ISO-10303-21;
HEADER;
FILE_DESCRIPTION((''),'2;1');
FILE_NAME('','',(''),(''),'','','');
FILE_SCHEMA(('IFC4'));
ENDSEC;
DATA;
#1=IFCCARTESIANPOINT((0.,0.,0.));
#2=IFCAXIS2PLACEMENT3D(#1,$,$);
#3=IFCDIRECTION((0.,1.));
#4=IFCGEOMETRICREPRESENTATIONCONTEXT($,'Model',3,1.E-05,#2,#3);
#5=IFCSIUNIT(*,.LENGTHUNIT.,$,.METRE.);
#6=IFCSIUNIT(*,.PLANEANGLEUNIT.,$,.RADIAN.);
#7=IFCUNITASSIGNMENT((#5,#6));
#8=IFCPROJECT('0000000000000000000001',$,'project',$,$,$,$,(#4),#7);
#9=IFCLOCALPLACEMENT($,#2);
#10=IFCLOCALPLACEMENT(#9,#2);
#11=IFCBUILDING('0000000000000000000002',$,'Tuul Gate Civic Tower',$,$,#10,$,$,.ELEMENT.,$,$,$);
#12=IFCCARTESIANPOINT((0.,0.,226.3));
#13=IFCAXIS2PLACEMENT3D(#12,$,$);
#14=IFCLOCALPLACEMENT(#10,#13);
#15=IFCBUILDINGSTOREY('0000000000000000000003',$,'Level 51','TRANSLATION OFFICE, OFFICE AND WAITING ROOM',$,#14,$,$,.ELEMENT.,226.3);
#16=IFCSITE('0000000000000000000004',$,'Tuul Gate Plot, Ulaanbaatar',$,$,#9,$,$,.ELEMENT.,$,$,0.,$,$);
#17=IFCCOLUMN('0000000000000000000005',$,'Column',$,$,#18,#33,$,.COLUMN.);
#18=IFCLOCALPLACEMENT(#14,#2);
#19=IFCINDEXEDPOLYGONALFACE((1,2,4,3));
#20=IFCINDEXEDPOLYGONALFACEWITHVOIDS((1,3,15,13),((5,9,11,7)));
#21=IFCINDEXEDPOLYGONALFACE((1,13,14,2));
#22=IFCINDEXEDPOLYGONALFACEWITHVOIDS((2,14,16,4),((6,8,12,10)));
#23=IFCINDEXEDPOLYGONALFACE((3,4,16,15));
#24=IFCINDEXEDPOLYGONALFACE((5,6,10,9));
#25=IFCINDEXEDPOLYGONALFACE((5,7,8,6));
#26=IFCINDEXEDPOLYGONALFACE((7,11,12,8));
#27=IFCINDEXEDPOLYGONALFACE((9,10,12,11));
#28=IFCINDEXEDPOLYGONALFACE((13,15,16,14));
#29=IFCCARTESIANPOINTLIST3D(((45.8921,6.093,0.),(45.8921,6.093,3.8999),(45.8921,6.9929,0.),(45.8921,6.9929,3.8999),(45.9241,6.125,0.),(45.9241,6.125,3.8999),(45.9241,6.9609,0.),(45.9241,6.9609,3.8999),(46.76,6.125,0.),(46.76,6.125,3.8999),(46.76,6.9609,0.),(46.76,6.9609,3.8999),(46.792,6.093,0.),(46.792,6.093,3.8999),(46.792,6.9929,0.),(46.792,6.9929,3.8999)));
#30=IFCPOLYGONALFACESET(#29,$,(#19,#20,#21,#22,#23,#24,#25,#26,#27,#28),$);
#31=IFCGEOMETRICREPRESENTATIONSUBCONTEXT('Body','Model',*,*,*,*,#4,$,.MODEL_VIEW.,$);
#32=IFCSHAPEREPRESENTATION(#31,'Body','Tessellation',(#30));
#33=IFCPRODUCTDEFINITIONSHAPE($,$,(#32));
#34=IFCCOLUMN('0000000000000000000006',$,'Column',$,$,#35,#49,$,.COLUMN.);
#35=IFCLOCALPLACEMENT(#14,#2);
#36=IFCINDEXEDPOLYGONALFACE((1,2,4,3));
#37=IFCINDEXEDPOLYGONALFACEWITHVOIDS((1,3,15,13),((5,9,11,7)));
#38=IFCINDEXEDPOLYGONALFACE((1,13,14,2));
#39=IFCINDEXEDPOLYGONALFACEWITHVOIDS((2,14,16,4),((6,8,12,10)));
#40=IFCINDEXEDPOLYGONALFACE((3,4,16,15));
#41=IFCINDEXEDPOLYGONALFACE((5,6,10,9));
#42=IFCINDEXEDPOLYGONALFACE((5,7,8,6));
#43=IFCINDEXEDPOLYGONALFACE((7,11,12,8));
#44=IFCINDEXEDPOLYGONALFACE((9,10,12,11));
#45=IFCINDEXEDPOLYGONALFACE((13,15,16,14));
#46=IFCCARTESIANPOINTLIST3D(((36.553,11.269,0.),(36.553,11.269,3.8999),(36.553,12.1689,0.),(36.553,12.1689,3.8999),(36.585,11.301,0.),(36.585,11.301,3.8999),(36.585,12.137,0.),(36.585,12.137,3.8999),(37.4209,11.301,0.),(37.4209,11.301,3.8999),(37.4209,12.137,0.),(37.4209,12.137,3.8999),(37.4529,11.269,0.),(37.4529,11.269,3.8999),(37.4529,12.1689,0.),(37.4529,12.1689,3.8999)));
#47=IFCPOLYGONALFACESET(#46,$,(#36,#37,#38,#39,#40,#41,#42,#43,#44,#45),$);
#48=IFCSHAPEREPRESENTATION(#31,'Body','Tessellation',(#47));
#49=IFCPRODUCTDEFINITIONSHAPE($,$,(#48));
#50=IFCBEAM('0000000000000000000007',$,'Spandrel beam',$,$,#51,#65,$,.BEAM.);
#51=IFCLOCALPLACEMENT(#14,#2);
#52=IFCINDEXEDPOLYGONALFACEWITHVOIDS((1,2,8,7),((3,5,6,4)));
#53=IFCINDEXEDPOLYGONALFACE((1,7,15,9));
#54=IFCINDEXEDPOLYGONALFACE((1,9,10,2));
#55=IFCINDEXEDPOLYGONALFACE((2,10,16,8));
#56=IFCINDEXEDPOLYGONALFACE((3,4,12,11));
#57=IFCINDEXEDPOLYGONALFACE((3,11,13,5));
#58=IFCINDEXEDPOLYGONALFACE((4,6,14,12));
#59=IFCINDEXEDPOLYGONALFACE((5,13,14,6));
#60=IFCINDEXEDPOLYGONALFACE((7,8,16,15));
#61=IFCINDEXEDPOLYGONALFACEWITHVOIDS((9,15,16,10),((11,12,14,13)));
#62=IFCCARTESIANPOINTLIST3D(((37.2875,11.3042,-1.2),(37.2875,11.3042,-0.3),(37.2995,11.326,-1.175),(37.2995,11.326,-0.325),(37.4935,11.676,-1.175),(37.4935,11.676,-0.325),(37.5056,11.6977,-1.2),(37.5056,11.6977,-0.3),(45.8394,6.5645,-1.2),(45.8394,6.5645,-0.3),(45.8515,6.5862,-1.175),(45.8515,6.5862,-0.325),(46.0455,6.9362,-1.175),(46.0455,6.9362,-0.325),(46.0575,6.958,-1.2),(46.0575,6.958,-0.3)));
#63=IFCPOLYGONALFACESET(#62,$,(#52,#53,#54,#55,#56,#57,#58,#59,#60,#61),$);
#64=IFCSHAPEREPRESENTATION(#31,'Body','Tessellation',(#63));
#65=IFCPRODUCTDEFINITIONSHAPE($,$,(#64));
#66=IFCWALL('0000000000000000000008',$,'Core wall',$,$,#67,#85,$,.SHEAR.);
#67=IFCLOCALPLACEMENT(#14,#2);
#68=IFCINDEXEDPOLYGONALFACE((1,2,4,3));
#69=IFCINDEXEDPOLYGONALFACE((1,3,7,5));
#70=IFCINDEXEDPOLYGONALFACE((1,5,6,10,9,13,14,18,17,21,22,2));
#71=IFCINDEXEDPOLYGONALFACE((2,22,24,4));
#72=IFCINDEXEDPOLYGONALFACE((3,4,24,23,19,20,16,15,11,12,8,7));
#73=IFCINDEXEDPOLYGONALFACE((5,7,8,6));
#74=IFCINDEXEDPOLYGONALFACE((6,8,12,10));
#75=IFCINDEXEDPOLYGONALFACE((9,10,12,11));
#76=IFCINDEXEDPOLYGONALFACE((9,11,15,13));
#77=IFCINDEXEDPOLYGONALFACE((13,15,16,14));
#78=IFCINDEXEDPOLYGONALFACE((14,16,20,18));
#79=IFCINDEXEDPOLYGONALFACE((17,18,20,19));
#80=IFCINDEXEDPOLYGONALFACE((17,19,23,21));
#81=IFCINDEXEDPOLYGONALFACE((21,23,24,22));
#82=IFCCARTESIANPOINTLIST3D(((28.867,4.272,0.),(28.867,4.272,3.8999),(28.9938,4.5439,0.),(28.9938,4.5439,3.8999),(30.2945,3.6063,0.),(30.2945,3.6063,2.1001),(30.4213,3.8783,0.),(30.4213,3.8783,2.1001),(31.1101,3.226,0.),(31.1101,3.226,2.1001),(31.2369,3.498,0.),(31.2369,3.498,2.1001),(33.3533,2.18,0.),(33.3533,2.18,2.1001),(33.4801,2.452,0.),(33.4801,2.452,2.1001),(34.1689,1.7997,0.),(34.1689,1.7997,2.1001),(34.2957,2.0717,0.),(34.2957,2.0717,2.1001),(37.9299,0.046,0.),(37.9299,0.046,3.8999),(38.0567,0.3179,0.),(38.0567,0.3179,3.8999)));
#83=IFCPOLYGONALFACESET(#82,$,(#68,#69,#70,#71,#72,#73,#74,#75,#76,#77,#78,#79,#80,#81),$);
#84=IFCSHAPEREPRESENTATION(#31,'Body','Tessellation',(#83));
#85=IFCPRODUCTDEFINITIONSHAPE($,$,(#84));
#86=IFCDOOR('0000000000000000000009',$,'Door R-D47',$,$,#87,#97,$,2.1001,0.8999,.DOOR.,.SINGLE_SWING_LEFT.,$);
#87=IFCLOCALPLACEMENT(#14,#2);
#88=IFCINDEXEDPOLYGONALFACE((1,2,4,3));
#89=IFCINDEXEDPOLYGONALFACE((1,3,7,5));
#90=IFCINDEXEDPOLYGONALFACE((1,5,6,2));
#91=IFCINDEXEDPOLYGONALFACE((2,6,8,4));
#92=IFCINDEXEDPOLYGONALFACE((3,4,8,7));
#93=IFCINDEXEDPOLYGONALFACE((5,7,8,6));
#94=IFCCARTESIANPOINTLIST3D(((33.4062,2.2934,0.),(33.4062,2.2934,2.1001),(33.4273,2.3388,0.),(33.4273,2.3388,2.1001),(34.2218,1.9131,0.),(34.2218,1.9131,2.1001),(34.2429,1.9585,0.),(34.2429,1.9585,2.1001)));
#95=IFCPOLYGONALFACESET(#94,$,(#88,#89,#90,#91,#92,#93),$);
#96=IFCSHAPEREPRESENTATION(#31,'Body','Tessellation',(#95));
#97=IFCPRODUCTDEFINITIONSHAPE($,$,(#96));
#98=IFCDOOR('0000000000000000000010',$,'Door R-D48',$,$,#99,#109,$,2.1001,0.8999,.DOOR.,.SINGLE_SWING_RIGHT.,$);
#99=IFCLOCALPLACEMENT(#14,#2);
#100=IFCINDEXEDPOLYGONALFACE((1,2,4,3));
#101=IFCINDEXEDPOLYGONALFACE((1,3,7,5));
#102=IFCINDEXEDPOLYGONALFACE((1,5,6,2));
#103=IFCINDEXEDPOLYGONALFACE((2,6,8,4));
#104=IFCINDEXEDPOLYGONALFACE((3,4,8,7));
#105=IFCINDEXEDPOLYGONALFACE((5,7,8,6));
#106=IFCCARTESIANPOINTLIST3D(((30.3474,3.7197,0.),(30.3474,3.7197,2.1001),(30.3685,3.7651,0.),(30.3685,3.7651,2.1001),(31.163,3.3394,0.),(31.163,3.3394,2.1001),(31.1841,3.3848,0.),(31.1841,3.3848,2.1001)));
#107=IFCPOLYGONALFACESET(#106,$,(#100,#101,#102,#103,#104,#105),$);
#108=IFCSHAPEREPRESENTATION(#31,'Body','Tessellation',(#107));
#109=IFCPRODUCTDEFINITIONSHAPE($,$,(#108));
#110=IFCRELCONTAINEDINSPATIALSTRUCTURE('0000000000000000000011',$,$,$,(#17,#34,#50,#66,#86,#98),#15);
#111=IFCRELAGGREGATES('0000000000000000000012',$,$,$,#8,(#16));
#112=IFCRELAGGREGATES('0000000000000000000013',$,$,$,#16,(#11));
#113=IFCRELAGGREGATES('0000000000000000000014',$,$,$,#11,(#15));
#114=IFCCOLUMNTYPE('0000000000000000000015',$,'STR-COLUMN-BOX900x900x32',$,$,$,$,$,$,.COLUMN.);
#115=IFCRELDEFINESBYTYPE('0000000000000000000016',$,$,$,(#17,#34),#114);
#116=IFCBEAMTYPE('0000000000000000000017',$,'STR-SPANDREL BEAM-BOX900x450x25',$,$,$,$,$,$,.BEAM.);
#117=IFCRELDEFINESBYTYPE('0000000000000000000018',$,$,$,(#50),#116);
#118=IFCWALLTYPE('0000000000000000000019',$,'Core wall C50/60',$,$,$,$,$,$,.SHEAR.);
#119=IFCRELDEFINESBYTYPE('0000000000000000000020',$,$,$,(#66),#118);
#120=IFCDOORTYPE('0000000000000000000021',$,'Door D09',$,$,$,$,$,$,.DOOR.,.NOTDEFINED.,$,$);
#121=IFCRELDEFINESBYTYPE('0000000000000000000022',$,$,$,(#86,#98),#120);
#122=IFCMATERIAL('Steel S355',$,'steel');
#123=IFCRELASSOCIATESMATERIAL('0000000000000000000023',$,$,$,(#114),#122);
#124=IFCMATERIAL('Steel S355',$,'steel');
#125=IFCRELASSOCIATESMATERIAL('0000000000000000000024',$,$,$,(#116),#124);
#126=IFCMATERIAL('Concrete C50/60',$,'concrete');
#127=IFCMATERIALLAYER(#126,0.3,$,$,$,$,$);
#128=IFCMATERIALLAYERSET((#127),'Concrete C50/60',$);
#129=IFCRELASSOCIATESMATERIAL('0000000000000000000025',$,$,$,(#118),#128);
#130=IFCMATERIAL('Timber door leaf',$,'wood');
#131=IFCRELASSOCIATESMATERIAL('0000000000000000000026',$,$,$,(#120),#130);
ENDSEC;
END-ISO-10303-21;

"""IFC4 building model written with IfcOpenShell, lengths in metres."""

from ifc_helpers import new_model, si_unit, direction, frame, frame_2d, origin, origin_2d, place, context, subcontext, project, spatial, rectangle, hollow_rectangle, extrude, material, layer, layer_set, material_profile, profile_set, type_object, element, fill, save


model = new_model("IFC4")

# Units and contexts
model_context = context("Model", 3, precision=1e-05, world=origin(), true_north=direction((0.0, 1.0)))
body_context = subcontext(model_context, "Body", "Model", "MODEL_VIEW")
ifc_project = project(units=[si_unit("LENGTHUNIT", "METRE"), si_unit("PLANEANGLEUNIT", "RADIAN")], contexts=[model_context])

# Site, building, storey
site_placement = place(None, origin())
site = spatial("IfcSite", under=ifc_project, at=site_placement, Name="Tuul Gate Plot, Ulaanbaatar", CompositionType="ELEMENT", RefElevation=0.0)
building_placement = place(site_placement, origin())
building = spatial("IfcBuilding", under=site, at=building_placement, Name="Tuul Gate Civic Tower", CompositionType="ELEMENT")
storey_placement = place(building_placement, frame((0.0, 0.0, 226.3)))
storey = spatial("IfcBuildingStorey", under=building, at=storey_placement, Name="Level 51", Description="TRANSLATION OFFICE, OFFICE AND WAITING ROOM", CompositionType="ELEMENT", Elevation=226.3)

# Columns
ifc_material_1 = material(Name="Steel S355", Category="steel")
ifc_material_profile_1 = material_profile(ifc_material_1, hollow_rectangle(XDim=0.8999, YDim=0.8999, WallThickness=0.032, at=origin_2d()), Name="BOX900x900x32")
ifc_profile_set_1 = profile_set([ifc_material_profile_1], Name="Steel S355")
column_type = type_object("IfcColumnType", Name="STR-COLUMN-BOX900x900x32", PredefinedType="COLUMN", material=ifc_profile_set_1)
for number, where, z_axis, x_axis, name in (
    (1, (46.342, 6.543, 0.0), (0.0, 0.0, 1.0), (1.0, 0.0, 0.0), "Column"),
    (2, (37.0029, 11.719, 0.0), (0.0, 0.0, 1.0), (1.0, 0.0, 0.0), "Column"),
):
    element("IfcColumn", number, at=place(storey_placement, frame(where, z_axis=z_axis, x_axis=x_axis)), inside=storey, type_object=column_type, Name=name, PredefinedType="COLUMN", context=body_context, shape_type="SweptSolid", body=[
        extrude(hollow_rectangle(XDim=0.8999, YDim=0.8999, WallThickness=0.032, at=origin_2d()), origin(), (0.0, 0.0, 1.0), 3.8999),
    ])

# Beam
ifc_material_2 = material(Name="Steel S355", Category="steel")
ifc_material_profile_2 = material_profile(ifc_material_2, hollow_rectangle(XDim=0.45, YDim=0.8999, WallThickness=0.0249, at=origin_2d()), Name="BOX900x450x25")
ifc_profile_set_2 = profile_set([ifc_material_profile_2], Name="Steel S355")
beam_type = type_object("IfcBeamType", Name="STR-SPANDREL BEAM-BOX900x450x25", PredefinedType="BEAM", material=ifc_profile_set_2)
beam_placement = place(storey_placement, frame((45.9485, 6.7612, -0.75), z_axis=(-0.87465, 0.484754, 0.0), x_axis=(-0.484754, -0.87465, 0.0)))
element("IfcBeam", 3, at=beam_placement, inside=storey, type_object=beam_type, Name="Spandrel beam", PredefinedType="BEAM", context=body_context, shape_type="SweptSolid", body=[
    extrude(hollow_rectangle(XDim=0.45, YDim=0.8999, WallThickness=0.0249, at=origin_2d()), origin(), (0.0, 0.0, 1.0), 9.7776),
])

# Wall, openings, doors
ifc_material_3 = material(Name="Concrete C50/60", Category="concrete")
ifc_layer_1 = layer(ifc_material_3, 0.3)
ifc_layer_set_1 = layer_set([ifc_layer_1], Name="Concrete C50/60")
wall_type_1 = type_object("IfcWallType", Name="Core wall C50/60", PredefinedType="SHEAR", material=ifc_layer_set_1)
wall_1_placement = place(storey_placement, frame((37.9934, 0.1819, 0.0), z_axis=(0.0, 0.0, 1.0), x_axis=(-0.90631, 0.422613, 0.0)))
wall_1 = element("IfcWall", 4, at=wall_1_placement, inside=storey, type_object=wall_type_1, Name="Core wall", PredefinedType="SHEAR", context=body_context, shape_type="SweptSolid", body=[
    extrude(rectangle(XDim=9.9998, YDim=0.3, at=frame_2d((5.0, 0.0))), origin(), (0.0, 0.0, 1.0), 3.8999),
])
opening_1_placement = place(wall_1_placement, frame((4.1499, 0.0, 0.0)))
opening_1 = element("IfcOpeningElement", 5, at=opening_1_placement, cuts=wall_1, PredefinedType="OPENING", context=body_context, shape_type="SweptSolid", body=[
    extrude(rectangle(XDim=0.8999, YDim=2.1001, at=frame_2d((0.45, 1.05))), frame((0.0, 0.1602, 0.0), z_axis=(0.0, -1.0, 0.0), x_axis=(1.0, 0.0, 0.0)), (0.0, 0.0, 1.0), 0.3201),
])
opening_2_placement = place(wall_1_placement, frame((7.5249, 0.0, 0.0)))
opening_2 = element("IfcOpeningElement", 6, at=opening_2_placement, cuts=wall_1, PredefinedType="OPENING", context=body_context, shape_type="SweptSolid", body=[
    extrude(rectangle(XDim=0.8999, YDim=2.1001, at=frame_2d((0.45, 1.05))), frame((0.0, 0.1602, 0.0), z_axis=(0.0, -1.0, 0.0), x_axis=(1.0, 0.0, 0.0)), (0.0, 0.0, 1.0), 0.3201),
])
ifc_material_4 = material(Name="Timber door leaf", Category="wood")
door_type = type_object("IfcDoorType", Name="Door D09", OperationType="NOTDEFINED", PredefinedType="DOOR", material=ifc_material_4)
door_1_placement = place(opening_1_placement, origin())
door_1 = element("IfcDoor", 7, at=door_1_placement, inside=storey, type_object=door_type, Name="Door R-D47", OperationType="SINGLE_SWING_LEFT", OverallHeight=2.1001, OverallWidth=0.8999, PredefinedType="DOOR", context=body_context, shape_type="SweptSolid", body=[
    extrude(rectangle(XDim=0.8999, YDim=2.1001, at=frame_2d((0.45, 1.05))), frame((0.0, 0.0249, 0.0), z_axis=(0.0, -1.0, 0.0), x_axis=(1.0, 0.0, 0.0)), (0.0, 0.0, 1.0), 0.05),
])
fill(opening_1, door_1)
door_2_placement = place(opening_2_placement, origin())
door_2 = element("IfcDoor", 8, at=door_2_placement, inside=storey, type_object=door_type, Name="Door R-D48", OperationType="SINGLE_SWING_RIGHT", OverallHeight=2.1001, OverallWidth=0.8999, PredefinedType="DOOR", context=body_context, shape_type="SweptSolid", body=[
    extrude(rectangle(XDim=0.8999, YDim=2.1001, at=frame_2d((0.45, 1.05))), frame((0.0, 0.0249, 0.0), z_axis=(0.0, -1.0, 0.0), x_axis=(1.0, 0.0, 0.0)), (0.0, 0.0, 1.0), 0.05),
])
fill(opening_2, door_2)

save(model, "model.ifc")
